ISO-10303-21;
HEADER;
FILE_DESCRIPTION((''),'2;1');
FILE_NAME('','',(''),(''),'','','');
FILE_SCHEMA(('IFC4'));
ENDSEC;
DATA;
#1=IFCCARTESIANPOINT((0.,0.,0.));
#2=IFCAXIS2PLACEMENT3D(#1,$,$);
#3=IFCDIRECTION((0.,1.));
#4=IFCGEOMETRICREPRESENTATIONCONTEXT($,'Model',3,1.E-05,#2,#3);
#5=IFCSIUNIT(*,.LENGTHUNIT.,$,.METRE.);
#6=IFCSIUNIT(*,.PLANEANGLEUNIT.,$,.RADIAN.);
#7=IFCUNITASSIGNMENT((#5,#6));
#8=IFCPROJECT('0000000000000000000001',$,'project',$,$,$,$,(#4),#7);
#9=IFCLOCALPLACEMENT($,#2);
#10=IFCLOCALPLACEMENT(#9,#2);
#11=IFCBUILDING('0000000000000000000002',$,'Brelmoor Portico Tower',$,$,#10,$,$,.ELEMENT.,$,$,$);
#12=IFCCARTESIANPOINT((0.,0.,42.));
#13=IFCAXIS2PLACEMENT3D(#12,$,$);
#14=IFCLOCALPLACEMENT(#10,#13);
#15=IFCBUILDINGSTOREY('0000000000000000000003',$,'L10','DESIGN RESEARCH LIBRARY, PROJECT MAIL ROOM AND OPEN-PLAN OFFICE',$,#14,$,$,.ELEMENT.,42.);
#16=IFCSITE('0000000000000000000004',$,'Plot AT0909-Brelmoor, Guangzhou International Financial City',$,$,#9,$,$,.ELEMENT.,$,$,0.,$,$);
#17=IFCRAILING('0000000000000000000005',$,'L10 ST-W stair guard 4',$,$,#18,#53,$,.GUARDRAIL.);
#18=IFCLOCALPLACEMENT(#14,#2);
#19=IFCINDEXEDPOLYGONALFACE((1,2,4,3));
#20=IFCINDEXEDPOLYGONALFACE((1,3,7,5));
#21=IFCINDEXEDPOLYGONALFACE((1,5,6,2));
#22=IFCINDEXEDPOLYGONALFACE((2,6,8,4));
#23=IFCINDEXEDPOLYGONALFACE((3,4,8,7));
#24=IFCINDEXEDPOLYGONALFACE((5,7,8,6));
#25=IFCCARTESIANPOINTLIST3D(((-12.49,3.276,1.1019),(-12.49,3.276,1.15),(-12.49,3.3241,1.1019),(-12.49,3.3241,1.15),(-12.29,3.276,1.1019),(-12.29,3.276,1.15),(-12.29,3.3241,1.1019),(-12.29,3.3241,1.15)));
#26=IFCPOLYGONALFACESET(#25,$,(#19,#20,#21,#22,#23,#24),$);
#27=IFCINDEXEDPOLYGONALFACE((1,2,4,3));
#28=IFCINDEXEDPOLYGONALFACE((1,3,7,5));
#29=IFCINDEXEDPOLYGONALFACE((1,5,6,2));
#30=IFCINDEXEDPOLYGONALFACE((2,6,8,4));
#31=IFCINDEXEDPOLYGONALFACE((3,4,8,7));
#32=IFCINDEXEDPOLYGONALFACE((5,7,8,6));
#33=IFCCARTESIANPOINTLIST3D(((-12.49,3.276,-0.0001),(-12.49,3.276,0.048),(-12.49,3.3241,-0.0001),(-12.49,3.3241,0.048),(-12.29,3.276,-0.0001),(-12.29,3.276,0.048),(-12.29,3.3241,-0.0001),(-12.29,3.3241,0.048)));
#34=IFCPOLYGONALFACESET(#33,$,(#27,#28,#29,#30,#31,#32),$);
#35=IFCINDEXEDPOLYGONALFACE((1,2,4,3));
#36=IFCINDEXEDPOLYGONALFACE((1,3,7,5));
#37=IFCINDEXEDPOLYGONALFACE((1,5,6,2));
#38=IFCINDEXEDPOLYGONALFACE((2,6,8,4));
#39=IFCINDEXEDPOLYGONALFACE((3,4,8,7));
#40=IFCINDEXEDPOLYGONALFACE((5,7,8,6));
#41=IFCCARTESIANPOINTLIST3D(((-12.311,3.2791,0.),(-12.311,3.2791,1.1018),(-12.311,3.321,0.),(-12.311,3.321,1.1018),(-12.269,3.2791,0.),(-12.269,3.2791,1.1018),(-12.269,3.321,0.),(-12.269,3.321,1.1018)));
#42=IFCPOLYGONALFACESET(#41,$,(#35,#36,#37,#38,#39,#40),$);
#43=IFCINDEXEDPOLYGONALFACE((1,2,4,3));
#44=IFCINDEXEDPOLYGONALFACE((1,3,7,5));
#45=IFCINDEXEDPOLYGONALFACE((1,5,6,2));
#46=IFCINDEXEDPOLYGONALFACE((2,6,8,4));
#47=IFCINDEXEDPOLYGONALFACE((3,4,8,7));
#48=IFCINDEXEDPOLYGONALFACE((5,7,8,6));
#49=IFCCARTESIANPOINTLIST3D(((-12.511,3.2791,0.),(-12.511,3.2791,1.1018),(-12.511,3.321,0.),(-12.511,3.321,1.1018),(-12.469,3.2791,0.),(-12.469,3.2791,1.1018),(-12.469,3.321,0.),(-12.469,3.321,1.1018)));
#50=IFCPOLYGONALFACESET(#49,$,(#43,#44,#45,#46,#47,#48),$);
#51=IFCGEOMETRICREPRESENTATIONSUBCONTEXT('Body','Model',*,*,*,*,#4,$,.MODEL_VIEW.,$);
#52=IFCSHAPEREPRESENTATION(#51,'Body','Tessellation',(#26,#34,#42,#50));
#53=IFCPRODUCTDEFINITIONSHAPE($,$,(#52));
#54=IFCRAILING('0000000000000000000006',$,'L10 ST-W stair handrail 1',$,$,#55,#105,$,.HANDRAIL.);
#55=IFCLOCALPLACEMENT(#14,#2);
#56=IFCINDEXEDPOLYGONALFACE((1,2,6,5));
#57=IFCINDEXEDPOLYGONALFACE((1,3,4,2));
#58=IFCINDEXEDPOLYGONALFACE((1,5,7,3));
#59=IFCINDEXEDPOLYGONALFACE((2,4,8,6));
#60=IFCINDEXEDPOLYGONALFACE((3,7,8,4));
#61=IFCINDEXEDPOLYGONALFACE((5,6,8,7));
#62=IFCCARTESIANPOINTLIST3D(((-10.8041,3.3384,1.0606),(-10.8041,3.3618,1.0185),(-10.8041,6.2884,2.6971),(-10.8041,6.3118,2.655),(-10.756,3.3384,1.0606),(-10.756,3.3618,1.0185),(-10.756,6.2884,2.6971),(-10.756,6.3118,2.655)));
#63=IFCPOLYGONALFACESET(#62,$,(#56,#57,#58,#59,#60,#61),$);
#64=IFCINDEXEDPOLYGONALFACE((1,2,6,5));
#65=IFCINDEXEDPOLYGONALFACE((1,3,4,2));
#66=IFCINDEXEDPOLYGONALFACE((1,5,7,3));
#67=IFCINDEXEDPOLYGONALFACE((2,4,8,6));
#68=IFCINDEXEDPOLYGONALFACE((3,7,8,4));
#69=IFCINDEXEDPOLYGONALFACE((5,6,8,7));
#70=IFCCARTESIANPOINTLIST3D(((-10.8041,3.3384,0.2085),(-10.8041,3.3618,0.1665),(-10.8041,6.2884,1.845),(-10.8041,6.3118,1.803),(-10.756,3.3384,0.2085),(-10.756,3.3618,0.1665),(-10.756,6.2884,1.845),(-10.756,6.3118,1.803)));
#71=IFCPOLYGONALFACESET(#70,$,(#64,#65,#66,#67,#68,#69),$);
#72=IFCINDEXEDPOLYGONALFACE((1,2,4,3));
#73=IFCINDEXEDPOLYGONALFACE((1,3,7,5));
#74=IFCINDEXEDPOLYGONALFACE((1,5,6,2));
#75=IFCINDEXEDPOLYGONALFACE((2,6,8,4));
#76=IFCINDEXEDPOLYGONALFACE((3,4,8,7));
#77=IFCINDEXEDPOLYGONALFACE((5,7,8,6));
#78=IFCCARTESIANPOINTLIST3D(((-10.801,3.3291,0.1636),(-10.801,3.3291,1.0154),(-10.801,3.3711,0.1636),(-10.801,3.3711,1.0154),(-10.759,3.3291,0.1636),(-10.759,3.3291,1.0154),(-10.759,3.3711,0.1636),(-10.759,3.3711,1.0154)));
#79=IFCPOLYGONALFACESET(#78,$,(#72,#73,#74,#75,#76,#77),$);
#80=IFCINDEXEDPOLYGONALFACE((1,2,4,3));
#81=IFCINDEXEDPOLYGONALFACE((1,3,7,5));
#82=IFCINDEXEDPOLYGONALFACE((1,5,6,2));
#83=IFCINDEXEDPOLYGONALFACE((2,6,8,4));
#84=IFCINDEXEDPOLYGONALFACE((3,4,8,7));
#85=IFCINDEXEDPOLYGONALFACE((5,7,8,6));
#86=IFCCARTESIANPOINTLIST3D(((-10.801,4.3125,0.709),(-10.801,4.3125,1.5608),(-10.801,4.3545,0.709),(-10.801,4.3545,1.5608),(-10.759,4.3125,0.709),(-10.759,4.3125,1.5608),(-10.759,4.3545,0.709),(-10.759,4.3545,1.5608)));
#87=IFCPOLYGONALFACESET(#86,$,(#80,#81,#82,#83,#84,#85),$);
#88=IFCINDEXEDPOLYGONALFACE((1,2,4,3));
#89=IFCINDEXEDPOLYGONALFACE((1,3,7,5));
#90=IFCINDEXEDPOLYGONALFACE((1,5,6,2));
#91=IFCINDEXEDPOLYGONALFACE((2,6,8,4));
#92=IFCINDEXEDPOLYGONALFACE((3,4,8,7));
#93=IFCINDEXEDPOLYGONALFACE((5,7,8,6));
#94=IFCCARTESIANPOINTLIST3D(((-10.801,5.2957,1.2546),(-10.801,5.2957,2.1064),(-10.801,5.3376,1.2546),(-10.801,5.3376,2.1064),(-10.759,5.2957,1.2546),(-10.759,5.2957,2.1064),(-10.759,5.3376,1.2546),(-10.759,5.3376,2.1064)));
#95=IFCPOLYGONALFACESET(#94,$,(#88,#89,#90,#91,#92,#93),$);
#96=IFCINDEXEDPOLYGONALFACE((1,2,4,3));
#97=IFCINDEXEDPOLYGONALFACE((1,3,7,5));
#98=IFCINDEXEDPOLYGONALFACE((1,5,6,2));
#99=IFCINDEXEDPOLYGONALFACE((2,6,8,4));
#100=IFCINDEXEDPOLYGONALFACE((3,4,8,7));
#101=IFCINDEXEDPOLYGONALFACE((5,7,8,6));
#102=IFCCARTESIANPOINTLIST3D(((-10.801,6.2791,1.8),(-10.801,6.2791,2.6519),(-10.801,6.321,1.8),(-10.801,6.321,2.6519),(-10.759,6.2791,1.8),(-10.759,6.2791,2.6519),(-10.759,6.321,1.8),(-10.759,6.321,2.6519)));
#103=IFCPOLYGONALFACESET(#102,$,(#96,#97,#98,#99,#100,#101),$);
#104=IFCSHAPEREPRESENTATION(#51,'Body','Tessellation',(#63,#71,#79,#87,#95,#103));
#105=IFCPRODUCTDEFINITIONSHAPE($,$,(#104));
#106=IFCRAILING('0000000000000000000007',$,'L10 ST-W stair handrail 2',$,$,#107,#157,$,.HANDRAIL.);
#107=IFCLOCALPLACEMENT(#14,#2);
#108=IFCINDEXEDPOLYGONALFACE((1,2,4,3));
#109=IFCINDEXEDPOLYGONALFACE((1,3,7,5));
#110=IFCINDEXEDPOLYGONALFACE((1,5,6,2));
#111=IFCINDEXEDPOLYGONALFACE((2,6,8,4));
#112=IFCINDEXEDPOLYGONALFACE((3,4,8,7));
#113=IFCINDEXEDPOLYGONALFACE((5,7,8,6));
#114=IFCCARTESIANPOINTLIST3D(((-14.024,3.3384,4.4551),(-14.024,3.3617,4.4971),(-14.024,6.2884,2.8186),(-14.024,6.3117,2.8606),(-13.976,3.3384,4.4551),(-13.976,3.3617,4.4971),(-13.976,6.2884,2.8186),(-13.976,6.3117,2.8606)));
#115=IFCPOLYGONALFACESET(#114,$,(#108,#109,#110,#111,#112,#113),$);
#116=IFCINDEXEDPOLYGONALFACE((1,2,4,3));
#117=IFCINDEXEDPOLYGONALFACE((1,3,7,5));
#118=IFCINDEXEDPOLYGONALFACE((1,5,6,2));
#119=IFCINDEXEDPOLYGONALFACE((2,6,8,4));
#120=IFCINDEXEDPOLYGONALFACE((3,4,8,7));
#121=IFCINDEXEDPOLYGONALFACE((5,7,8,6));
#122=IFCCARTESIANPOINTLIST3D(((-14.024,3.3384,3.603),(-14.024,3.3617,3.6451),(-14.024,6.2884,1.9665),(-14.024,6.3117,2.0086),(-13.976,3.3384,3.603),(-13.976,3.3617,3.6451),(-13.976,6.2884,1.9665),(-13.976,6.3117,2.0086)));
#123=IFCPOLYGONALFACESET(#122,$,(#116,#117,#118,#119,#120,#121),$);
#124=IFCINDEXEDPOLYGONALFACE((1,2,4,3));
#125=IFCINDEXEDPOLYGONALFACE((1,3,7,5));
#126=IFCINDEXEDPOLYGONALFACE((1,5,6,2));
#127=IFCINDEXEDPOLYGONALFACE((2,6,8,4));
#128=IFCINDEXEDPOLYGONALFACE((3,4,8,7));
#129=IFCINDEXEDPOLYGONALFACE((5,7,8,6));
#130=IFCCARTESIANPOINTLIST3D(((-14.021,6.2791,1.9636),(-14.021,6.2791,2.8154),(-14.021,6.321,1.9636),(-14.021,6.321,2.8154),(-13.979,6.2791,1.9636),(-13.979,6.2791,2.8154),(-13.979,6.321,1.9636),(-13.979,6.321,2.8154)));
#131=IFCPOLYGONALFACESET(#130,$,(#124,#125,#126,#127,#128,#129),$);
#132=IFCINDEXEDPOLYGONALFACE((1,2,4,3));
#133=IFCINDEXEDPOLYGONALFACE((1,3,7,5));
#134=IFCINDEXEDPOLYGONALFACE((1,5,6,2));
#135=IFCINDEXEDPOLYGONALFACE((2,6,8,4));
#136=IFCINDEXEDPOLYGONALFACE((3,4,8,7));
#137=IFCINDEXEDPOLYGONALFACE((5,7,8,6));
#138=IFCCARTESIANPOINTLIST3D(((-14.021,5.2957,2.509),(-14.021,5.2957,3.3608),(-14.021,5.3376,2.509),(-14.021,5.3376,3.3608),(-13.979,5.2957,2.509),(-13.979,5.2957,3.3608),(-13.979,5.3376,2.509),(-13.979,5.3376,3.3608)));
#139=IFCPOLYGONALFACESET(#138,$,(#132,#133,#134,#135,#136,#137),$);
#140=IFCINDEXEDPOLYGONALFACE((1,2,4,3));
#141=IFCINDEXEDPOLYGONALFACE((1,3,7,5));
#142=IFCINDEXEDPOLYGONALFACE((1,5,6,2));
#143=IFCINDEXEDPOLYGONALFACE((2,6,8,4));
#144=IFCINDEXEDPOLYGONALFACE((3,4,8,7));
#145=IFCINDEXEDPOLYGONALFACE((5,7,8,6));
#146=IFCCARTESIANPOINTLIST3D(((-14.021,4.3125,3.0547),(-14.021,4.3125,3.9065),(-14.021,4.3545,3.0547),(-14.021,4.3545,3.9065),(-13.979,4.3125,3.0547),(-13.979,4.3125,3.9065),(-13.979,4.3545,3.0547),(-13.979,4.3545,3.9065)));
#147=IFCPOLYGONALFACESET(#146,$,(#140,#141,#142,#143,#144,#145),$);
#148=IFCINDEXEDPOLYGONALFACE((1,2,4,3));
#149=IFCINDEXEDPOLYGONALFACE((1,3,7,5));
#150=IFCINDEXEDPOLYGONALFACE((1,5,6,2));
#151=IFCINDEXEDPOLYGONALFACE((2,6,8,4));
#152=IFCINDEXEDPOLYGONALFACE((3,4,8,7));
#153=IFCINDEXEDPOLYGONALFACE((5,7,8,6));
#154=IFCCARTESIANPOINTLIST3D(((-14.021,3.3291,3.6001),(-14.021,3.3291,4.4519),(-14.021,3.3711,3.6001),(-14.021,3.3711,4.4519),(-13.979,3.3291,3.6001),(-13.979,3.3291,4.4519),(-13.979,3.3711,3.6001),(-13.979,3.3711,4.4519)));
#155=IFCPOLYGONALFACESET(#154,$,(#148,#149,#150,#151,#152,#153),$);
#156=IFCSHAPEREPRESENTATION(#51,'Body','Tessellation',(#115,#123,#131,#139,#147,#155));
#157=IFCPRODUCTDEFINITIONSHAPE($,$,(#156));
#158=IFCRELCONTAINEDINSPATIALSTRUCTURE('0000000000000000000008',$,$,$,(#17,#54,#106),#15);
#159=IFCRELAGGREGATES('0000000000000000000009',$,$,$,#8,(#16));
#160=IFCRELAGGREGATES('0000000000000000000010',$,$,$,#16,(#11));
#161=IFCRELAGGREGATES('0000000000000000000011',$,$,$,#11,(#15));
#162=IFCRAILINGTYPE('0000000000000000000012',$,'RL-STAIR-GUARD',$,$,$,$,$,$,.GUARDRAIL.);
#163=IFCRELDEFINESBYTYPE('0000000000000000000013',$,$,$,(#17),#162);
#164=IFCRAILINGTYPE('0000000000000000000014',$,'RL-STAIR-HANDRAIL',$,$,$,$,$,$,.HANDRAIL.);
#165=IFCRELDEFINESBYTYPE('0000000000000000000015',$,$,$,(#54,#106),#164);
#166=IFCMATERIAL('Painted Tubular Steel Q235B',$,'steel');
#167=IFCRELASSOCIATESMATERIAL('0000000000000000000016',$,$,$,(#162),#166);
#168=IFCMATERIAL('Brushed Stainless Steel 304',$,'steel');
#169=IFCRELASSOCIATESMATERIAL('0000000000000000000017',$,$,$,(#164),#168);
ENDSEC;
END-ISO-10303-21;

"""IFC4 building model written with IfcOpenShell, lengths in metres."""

from ifc_helpers import new_model, si_unit, direction, frame, origin, origin_2d, place, context, subcontext, project, spatial, rectangle, extrude, material, type_object, element, save


model = new_model("IFC4")

# Units and contexts
model_context = context("Model", 3, precision=1e-05, world=origin(), true_north=direction((0.0, 1.0)))
body_context = subcontext(model_context, "Body", "Model", "MODEL_VIEW")
ifc_project = project(units=[si_unit("LENGTHUNIT", "METRE"), si_unit("PLANEANGLEUNIT", "RADIAN")], contexts=[model_context])

# Site, building, storey
site_placement = place(None, origin())
site = spatial("IfcSite", under=ifc_project, at=site_placement, Name="Plot AT0909-Brelmoor, Guangzhou International Financial City", CompositionType="ELEMENT", RefElevation=0.0)
building_placement = place(site_placement, origin())
building = spatial("IfcBuilding", under=site, at=building_placement, Name="Brelmoor Portico Tower", CompositionType="ELEMENT")
storey_placement = place(building_placement, frame((0.0, 0.0, 42.0)))
storey = spatial("IfcBuildingStorey", under=building, at=storey_placement, Name="L10", Description="DESIGN RESEARCH LIBRARY, PROJECT MAIL ROOM AND OPEN-PLAN OFFICE", CompositionType="ELEMENT", Elevation=42.0)

# Railings
ifc_material_1 = material(Name="Painted Tubular Steel Q235B", Category="steel")
railing_type_1 = type_object("IfcRailingType", Name="RL-STAIR-GUARD", PredefinedType="GUARDRAIL", material=ifc_material_1)
railing_1_placement = place(storey_placement, frame((-12.29, 3.3, 0.0)))
element("IfcRailing", 1, at=railing_1_placement, inside=storey, type_object=railing_type_1, Name="L10 ST-W stair guard 4", PredefinedType="GUARDRAIL", context=body_context, shape_type="SweptSolid", body=[
    extrude(rectangle(XDim=0.0481, YDim=0.0481, at=origin_2d()), frame((0.0, 0.0, 1.126), z_axis=(-1.0, 0.0, 0.0), x_axis=(0.0, -1.0, 0.0)), (0.0, 0.0, 1.0), 0.2),
    extrude(rectangle(XDim=0.0481, YDim=0.0481, at=origin_2d()), frame((0.0, 0.0, 0.0239), z_axis=(-1.0, 0.0, 0.0), x_axis=(0.0, -1.0, 0.0)), (0.0, 0.0, 1.0), 0.2),
    extrude(rectangle(XDim=0.042, YDim=0.042, at=origin_2d()), origin(), (0.0, 0.0, 1.0), 1.1018),
    extrude(rectangle(XDim=0.042, YDim=0.042, at=origin_2d()), frame((-0.2, 0.0, 0.0)), (0.0, 0.0, 1.0), 1.1018),
])
ifc_material_2 = material(Name="Brushed Stainless Steel 304", Category="steel")
railing_type_2 = type_object("IfcRailingType", Name="RL-STAIR-HANDRAIL", PredefinedType="HANDRAIL", material=ifc_material_2)
railing_2_placement = place(storey_placement, frame((-10.78, 3.3501, 0.1636)))
element("IfcRailing", 2, at=railing_2_placement, inside=storey, type_object=railing_type_2, Name="L10 ST-W stair handrail 1", PredefinedType="HANDRAIL", context=body_context, shape_type="SweptSolid", body=[
    extrude(rectangle(XDim=0.0481, YDim=0.0481, at=origin_2d()), frame((0.0, 0.0, 0.876), z_axis=(0.0, 0.874458, 0.485102), x_axis=(-1.0, 0.0, 0.0)), (0.0, 0.0, 1.0), 3.3735),
    extrude(rectangle(XDim=0.0481, YDim=0.0481, at=origin_2d()), frame((0.0, 0.0, 0.0239), z_axis=(0.0, 0.874458, 0.485102), x_axis=(-1.0, 0.0, 0.0)), (0.0, 0.0, 1.0), 3.3735),
    extrude(rectangle(XDim=0.042, YDim=0.042, at=origin_2d()), origin(), (0.0, 0.0, 1.0), 0.8518),
    extrude(rectangle(XDim=0.042, YDim=0.042, at=origin_2d()), frame((0.0, 0.9834, 0.5454)), (0.0, 0.0, 1.0), 0.8518),
    extrude(rectangle(XDim=0.042, YDim=0.042, at=origin_2d()), frame((0.0, 1.9666, 1.0911)), (0.0, 0.0, 1.0), 0.8518),
    extrude(rectangle(XDim=0.042, YDim=0.042, at=origin_2d()), frame((0.0, 2.95, 1.6365)), (0.0, 0.0, 1.0), 0.8518),
])
railing_3_placement = place(storey_placement, frame((-14.0, 6.3, 1.9636)))
element("IfcRailing", 3, at=railing_3_placement, inside=storey, type_object=railing_type_2, Name="L10 ST-W stair handrail 2", PredefinedType="HANDRAIL", context=body_context, shape_type="SweptSolid", body=[
    extrude(rectangle(XDim=0.0481, YDim=0.0481, at=origin_2d()), frame((0.0, 0.0, 0.876), z_axis=(0.0, -0.874458, 0.485102), x_axis=(1.0, 0.0, 0.0)), (0.0, 0.0, 1.0), 3.3735),
    extrude(rectangle(XDim=0.0481, YDim=0.0481, at=origin_2d()), frame((0.0, 0.0, 0.0239), z_axis=(0.0, -0.874458, 0.485102), x_axis=(1.0, 0.0, 0.0)), (0.0, 0.0, 1.0), 3.3735),
    extrude(rectangle(XDim=0.042, YDim=0.042, at=origin_2d()), origin(), (0.0, 0.0, 1.0), 0.8518),
    extrude(rectangle(XDim=0.042, YDim=0.042, at=origin_2d()), frame((0.0, -0.9834, 0.5454)), (0.0, 0.0, 1.0), 0.8518),
    extrude(rectangle(XDim=0.042, YDim=0.042, at=origin_2d()), frame((0.0, -1.9666, 1.0911)), (0.0, 0.0, 1.0), 0.8518),
    extrude(rectangle(XDim=0.042, YDim=0.042, at=origin_2d()), frame((0.0, -2.95, 1.6365)), (0.0, 0.0, 1.0), 0.8518),
])

save(model, "model.ifc")
